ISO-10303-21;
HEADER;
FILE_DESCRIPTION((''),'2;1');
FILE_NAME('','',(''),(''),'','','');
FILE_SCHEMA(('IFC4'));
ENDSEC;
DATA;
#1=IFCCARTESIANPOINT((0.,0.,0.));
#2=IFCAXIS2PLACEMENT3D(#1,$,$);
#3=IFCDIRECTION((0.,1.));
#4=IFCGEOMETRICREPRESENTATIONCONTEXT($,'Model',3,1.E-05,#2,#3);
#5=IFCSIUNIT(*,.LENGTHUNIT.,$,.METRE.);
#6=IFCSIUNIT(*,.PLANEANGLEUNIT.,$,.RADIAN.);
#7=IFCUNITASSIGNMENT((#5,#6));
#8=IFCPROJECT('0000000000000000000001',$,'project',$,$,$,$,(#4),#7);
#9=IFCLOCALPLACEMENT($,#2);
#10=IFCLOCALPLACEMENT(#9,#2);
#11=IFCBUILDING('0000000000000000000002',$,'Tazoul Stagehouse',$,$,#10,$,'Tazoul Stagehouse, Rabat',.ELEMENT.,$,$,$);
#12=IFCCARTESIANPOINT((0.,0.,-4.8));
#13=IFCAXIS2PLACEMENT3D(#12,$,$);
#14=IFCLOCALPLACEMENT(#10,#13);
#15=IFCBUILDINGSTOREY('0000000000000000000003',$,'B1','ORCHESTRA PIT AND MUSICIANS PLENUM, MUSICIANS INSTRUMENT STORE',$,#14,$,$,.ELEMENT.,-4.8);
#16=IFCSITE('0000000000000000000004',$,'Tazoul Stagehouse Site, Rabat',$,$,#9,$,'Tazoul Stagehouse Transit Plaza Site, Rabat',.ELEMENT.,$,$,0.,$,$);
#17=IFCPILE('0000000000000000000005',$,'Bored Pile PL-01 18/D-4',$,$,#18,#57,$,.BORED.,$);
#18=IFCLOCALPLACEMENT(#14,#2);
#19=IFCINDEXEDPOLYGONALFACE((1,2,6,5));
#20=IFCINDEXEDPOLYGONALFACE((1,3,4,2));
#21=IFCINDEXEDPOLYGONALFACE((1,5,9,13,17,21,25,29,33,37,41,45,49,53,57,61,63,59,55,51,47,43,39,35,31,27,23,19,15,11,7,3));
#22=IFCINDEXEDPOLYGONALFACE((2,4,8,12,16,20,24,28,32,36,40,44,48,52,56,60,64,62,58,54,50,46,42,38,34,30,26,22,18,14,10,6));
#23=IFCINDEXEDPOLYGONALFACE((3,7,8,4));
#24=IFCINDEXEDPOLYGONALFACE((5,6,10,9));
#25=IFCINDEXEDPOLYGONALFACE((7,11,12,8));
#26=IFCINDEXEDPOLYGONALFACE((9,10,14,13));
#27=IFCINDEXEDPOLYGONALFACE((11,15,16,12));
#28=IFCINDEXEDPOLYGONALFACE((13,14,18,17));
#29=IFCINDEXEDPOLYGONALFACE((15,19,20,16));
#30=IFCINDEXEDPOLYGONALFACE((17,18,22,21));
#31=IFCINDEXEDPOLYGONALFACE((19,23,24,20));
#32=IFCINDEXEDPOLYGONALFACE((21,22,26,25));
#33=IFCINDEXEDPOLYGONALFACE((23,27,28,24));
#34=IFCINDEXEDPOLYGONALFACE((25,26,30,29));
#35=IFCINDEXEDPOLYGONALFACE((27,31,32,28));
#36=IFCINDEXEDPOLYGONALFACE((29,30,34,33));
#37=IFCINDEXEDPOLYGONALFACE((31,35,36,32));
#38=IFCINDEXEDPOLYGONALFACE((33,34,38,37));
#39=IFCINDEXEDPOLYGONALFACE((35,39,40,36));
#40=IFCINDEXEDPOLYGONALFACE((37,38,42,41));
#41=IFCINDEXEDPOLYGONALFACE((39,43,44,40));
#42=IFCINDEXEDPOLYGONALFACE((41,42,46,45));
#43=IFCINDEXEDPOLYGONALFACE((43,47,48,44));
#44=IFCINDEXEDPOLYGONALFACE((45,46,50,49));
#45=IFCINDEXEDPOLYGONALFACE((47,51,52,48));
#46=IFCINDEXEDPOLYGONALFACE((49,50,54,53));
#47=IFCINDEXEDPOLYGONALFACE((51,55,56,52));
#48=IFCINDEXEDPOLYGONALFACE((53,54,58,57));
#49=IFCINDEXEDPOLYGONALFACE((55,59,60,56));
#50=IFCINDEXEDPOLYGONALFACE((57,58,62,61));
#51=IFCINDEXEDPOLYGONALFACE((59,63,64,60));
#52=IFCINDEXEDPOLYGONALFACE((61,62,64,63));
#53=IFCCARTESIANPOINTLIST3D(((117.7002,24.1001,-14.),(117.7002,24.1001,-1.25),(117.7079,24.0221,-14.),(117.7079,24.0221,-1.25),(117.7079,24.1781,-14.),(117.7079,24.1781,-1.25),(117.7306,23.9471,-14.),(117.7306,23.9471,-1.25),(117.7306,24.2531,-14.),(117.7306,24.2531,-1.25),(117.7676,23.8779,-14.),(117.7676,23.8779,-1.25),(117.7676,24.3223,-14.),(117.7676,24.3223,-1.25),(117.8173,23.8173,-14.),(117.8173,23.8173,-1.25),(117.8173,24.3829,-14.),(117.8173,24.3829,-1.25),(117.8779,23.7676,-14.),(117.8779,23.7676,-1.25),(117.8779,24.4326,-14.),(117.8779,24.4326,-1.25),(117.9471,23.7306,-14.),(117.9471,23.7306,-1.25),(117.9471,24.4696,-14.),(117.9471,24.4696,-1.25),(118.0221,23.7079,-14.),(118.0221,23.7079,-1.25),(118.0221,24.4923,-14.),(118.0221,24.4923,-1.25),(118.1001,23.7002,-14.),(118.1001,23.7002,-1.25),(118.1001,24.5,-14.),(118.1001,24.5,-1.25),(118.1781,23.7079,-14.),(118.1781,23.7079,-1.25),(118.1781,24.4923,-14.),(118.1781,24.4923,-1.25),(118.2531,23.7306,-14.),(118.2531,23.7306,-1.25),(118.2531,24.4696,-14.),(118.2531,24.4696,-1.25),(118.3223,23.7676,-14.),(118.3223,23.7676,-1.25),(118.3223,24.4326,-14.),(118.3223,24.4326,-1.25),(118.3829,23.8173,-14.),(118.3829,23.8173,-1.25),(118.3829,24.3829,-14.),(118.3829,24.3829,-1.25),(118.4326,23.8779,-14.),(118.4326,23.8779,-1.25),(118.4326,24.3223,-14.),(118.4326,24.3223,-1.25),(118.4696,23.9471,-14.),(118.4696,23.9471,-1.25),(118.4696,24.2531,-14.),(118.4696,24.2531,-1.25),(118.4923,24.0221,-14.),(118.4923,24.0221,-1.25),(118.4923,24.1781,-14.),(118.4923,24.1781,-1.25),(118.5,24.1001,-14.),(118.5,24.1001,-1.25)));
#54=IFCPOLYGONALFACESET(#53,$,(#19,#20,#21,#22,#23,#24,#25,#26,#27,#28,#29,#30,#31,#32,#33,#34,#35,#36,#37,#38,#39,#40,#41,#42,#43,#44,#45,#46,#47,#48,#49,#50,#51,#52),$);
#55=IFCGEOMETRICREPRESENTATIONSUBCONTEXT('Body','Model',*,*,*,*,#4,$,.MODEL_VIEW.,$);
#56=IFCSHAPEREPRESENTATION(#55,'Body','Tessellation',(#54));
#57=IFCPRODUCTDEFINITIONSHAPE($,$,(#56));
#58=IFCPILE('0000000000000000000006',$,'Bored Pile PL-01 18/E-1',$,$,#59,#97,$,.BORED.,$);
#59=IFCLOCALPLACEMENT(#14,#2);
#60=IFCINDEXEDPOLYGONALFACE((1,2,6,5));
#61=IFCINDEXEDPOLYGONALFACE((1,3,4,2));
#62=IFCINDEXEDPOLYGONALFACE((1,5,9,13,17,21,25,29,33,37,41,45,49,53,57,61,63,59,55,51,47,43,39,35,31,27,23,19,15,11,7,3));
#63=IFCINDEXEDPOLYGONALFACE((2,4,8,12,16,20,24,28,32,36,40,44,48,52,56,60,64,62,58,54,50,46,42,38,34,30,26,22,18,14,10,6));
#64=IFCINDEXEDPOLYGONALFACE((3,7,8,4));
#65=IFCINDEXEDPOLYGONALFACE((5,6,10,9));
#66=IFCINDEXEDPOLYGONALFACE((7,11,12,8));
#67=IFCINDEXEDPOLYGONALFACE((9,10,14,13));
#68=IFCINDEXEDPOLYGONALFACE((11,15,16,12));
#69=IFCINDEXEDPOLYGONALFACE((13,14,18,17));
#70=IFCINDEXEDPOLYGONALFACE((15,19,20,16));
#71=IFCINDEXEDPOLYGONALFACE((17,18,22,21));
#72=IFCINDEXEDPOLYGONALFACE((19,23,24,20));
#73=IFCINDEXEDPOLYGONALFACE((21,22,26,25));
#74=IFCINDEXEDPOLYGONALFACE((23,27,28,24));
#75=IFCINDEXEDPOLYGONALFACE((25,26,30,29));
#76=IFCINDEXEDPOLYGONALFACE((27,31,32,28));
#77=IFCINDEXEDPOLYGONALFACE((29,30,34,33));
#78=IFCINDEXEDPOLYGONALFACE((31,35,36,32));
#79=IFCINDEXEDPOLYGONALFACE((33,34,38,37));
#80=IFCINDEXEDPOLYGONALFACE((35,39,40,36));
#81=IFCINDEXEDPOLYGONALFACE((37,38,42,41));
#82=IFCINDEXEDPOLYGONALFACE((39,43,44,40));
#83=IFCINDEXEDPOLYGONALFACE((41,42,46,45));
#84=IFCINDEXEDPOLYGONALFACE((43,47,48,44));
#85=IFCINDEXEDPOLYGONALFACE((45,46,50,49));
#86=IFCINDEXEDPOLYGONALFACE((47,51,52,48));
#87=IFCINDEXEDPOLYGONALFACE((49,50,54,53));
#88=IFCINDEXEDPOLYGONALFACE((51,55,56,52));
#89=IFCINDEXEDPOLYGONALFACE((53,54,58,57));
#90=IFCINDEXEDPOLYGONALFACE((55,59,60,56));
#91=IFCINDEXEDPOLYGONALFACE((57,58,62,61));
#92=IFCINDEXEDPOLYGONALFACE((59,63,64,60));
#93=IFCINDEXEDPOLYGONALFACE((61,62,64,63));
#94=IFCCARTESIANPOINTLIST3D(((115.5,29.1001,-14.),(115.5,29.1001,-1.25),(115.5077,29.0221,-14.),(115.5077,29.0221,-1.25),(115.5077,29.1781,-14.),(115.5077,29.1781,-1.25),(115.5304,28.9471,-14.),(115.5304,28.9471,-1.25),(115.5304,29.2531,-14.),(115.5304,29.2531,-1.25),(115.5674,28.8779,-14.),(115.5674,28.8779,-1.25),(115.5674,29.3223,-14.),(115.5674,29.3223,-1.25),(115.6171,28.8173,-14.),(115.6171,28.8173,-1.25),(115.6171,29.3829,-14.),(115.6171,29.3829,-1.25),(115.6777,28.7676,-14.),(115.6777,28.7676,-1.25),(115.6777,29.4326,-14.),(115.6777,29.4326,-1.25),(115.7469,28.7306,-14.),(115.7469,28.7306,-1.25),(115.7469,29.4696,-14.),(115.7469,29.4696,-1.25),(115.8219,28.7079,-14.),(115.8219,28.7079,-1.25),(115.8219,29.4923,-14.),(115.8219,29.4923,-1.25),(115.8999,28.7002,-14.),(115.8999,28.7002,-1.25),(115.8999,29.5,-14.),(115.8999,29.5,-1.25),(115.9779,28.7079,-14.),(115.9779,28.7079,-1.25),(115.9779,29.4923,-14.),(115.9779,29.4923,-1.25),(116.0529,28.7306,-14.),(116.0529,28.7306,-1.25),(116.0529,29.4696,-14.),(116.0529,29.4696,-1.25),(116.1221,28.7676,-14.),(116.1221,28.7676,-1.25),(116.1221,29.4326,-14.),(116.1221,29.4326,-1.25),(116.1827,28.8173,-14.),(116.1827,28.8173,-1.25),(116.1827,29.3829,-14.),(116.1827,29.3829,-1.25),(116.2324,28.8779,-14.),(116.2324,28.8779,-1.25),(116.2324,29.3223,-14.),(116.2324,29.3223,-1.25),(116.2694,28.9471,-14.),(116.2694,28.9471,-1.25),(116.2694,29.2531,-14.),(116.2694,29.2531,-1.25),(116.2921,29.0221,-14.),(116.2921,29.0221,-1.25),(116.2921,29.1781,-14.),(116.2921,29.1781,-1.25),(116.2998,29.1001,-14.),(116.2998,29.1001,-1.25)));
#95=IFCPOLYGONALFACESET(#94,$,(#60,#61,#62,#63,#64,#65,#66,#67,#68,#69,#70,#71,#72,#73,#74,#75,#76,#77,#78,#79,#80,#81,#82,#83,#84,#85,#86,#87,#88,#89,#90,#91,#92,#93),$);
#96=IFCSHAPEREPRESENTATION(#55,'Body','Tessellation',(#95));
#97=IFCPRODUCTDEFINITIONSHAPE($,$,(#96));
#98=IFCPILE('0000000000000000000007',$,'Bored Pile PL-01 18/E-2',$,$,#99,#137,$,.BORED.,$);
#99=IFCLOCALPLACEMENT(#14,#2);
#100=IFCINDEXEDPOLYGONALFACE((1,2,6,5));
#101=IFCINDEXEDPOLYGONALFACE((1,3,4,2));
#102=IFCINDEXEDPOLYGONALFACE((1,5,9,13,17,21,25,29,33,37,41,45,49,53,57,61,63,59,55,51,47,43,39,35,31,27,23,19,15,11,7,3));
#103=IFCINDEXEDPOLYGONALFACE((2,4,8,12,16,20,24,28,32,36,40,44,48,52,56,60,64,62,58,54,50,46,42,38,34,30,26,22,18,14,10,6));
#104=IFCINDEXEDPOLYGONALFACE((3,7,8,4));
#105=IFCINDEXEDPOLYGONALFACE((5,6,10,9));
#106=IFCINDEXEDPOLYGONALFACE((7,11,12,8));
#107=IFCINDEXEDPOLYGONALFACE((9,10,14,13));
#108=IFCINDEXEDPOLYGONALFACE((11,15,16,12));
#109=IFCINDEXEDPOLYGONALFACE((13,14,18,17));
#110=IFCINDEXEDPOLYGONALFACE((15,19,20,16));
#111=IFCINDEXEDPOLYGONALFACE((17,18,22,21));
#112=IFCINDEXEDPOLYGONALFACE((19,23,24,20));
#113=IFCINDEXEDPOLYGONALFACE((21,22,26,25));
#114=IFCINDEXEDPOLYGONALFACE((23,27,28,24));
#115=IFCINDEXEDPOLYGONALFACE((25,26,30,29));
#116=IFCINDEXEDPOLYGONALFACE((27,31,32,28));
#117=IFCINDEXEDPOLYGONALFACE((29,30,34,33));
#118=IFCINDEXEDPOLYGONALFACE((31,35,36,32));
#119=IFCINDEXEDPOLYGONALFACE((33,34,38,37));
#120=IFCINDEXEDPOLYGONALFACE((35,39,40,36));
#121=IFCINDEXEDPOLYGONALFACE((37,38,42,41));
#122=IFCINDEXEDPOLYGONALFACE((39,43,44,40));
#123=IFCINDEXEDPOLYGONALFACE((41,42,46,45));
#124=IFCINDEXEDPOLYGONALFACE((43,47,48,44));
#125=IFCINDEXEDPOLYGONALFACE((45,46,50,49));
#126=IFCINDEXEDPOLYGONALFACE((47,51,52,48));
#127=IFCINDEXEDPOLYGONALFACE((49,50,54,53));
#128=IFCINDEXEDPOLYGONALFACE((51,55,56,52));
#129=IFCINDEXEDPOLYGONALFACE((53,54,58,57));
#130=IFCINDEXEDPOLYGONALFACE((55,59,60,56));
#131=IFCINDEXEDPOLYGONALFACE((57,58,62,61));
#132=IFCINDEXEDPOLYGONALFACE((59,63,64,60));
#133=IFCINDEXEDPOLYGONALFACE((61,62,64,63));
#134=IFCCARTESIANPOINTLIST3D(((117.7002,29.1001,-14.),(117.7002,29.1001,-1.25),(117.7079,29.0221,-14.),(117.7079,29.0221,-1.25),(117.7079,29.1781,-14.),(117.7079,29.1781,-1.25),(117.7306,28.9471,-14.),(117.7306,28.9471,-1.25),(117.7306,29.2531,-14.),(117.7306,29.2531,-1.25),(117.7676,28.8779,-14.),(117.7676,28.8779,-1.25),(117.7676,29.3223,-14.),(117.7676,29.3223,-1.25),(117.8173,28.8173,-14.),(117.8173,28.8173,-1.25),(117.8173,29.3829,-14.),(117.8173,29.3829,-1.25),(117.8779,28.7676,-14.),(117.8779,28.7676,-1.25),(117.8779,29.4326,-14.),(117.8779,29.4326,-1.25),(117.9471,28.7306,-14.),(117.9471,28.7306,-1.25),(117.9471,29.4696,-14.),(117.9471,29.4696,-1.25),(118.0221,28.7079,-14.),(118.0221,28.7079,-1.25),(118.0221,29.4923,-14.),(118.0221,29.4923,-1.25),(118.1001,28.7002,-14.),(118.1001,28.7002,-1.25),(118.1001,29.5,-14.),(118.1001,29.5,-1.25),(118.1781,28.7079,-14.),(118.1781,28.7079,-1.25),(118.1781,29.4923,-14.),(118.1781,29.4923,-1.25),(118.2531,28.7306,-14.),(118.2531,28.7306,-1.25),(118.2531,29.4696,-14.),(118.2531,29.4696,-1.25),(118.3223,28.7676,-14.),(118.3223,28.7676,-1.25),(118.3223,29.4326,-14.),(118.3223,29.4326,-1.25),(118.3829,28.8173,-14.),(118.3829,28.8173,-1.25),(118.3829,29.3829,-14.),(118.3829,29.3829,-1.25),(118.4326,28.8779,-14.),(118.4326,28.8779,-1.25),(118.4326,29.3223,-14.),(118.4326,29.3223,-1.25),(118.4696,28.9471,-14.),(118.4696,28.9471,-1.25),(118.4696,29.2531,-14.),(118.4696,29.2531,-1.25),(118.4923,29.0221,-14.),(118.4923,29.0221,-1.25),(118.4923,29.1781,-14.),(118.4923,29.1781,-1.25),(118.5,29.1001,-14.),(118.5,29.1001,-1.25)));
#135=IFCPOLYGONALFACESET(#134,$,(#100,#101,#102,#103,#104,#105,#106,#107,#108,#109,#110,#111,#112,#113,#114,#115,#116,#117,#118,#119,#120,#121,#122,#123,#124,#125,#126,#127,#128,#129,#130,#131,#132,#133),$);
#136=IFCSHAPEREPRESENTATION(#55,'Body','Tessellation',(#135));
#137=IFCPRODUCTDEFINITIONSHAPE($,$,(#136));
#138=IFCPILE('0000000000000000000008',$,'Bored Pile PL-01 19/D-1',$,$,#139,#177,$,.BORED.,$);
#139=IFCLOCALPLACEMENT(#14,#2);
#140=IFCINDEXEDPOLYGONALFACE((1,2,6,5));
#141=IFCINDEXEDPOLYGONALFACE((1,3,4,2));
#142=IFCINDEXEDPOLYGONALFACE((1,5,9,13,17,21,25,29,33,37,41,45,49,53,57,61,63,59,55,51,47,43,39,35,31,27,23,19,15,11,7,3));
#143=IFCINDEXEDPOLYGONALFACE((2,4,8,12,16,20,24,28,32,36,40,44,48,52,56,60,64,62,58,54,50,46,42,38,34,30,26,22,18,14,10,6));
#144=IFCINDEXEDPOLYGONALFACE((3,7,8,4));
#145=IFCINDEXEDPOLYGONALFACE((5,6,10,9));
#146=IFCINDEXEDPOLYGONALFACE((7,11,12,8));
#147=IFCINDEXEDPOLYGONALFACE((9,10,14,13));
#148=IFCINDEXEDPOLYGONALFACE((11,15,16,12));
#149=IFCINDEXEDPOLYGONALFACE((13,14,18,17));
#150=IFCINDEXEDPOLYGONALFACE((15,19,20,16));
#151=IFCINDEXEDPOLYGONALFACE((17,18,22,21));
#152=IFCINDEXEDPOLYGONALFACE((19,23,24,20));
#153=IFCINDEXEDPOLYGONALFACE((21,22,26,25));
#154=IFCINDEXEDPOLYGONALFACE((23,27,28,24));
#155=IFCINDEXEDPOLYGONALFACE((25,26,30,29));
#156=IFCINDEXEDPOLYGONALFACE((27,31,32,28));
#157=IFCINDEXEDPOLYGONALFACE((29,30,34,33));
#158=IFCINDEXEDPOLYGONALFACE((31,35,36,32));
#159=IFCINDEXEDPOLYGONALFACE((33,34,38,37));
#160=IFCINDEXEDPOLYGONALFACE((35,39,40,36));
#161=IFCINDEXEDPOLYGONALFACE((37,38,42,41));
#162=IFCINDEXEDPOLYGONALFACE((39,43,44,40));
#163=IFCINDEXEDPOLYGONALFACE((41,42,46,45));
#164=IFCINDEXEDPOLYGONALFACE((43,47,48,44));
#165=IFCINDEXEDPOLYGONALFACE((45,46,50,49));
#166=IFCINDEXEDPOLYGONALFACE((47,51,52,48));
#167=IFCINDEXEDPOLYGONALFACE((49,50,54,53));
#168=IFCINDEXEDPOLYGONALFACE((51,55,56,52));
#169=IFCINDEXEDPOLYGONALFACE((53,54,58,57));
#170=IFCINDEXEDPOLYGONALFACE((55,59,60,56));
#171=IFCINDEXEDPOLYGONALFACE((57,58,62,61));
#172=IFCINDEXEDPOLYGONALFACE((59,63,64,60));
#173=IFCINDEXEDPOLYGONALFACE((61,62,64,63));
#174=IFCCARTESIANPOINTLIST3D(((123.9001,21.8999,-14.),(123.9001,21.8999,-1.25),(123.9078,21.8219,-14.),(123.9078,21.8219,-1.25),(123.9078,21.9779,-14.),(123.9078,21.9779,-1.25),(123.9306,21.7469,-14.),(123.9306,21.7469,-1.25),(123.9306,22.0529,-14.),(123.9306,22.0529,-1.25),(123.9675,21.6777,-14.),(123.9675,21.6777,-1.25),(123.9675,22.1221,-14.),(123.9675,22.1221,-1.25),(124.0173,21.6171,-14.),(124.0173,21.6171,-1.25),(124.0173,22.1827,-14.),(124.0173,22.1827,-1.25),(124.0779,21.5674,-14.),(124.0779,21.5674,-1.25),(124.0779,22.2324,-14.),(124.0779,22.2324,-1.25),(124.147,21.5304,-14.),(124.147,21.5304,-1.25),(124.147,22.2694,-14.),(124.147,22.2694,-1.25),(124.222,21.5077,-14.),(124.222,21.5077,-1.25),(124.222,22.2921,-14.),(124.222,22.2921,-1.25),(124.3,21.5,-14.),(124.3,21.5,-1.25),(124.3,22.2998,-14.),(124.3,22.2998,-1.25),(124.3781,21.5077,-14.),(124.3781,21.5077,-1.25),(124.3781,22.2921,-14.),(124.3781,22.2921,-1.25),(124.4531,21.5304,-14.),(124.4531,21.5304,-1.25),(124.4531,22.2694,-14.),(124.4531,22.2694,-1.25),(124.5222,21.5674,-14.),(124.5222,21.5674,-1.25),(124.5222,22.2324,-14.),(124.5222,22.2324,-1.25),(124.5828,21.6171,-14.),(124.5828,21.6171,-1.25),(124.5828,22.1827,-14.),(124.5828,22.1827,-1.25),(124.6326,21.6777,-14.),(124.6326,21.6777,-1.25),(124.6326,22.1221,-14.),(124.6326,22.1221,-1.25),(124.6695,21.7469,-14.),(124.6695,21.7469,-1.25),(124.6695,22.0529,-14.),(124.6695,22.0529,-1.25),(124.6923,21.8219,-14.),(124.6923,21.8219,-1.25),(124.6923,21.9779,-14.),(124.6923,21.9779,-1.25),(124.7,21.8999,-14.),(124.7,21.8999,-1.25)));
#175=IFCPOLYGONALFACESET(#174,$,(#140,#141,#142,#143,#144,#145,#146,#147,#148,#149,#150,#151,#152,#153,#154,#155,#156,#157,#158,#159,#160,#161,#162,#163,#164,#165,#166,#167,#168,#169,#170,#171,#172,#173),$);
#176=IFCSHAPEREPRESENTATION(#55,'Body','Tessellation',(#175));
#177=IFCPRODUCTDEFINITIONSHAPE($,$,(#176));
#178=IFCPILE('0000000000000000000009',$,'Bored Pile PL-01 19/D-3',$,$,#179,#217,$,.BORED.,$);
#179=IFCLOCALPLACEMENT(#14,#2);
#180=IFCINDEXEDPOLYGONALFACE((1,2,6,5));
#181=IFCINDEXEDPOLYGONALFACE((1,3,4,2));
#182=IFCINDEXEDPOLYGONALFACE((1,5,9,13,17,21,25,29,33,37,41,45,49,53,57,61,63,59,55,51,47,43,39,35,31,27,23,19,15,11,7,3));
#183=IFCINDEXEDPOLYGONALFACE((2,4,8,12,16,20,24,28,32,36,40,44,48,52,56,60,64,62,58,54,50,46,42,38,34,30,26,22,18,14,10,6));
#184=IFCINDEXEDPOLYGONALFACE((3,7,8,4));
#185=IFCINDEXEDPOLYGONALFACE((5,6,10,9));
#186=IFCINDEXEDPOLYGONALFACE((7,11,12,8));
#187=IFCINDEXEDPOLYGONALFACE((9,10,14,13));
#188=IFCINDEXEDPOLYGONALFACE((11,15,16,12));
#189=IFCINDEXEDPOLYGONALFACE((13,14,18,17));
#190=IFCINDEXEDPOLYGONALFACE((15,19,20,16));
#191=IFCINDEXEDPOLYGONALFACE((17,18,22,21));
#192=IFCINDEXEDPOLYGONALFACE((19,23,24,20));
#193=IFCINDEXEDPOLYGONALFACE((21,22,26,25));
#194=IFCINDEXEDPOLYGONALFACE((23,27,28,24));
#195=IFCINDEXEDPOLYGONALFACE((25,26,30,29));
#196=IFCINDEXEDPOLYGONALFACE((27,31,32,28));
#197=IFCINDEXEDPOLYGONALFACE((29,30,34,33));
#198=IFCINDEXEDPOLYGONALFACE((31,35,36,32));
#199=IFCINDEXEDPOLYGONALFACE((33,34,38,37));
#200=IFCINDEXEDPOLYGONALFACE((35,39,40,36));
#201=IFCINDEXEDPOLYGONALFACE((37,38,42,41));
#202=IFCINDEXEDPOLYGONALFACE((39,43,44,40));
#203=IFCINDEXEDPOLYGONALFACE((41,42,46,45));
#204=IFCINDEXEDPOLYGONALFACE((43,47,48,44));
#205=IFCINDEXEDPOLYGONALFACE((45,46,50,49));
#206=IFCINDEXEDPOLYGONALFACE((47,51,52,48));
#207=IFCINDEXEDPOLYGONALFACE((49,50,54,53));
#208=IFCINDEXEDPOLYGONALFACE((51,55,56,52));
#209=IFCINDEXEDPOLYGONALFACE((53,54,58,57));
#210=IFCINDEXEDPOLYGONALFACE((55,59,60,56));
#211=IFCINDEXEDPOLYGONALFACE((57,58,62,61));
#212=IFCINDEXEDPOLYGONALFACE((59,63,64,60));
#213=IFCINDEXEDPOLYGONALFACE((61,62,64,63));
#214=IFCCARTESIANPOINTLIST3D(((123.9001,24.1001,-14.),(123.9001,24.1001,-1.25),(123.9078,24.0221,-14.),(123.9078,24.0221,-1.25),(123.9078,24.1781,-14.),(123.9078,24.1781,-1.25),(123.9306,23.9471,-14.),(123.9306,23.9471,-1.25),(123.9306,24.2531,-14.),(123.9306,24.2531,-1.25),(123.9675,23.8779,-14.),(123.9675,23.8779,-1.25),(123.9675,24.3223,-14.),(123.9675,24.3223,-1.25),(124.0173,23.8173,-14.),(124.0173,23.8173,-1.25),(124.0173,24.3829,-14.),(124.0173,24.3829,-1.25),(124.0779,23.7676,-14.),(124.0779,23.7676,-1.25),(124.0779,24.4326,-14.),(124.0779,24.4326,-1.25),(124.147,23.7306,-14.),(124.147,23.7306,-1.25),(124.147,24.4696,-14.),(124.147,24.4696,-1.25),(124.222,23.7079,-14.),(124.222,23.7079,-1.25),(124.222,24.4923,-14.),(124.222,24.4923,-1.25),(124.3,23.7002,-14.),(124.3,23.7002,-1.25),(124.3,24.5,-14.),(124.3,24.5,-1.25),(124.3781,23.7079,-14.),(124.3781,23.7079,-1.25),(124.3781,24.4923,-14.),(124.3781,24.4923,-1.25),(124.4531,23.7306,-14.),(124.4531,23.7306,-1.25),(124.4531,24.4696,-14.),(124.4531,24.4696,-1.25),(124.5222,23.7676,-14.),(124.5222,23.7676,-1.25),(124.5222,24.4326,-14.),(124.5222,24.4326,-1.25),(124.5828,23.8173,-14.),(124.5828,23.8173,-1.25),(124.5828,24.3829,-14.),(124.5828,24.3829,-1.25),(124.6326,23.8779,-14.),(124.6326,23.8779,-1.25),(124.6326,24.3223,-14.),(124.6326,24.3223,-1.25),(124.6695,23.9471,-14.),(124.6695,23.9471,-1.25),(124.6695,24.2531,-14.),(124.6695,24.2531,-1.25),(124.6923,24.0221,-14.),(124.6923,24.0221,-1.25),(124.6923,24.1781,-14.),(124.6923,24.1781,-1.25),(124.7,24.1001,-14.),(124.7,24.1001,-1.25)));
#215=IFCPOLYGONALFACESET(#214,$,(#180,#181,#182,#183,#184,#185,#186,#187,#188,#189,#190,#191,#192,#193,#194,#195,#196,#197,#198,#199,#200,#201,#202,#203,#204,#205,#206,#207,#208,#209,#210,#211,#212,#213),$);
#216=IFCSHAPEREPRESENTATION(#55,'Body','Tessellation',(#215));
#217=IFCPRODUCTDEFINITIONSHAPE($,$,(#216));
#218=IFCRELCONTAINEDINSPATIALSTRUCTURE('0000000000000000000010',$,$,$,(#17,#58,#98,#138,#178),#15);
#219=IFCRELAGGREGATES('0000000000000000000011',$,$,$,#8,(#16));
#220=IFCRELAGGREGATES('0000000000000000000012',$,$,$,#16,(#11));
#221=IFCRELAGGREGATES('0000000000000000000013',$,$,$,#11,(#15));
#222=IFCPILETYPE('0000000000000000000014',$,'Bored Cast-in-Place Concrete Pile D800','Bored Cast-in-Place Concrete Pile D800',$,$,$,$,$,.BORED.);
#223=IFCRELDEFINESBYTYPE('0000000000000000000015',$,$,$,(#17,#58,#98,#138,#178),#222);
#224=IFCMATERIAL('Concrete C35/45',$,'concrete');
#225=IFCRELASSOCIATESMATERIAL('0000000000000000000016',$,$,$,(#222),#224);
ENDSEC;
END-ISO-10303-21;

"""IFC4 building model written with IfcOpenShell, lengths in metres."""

from ifc_helpers import new_model, si_unit, direction, frame, origin, origin_2d, place, context, subcontext, project, spatial, circle, extrude, material, material_profile, profile_set, type_object, element, save


model = new_model("IFC4")

# Units and contexts
model_context = context("Model", 3, precision=1e-05, world=origin(), true_north=direction((0.0, 1.0)))
body_context = subcontext(model_context, "Body", "Model", "MODEL_VIEW")
ifc_project = project(units=[si_unit("LENGTHUNIT", "METRE"), si_unit("PLANEANGLEUNIT", "RADIAN")], contexts=[model_context])

# Site, building, storey
site_placement = place(None, origin())
site = spatial("IfcSite", under=ifc_project, at=site_placement, Name="Tazoul Stagehouse Site, Rabat", LongName="Tazoul Stagehouse Transit Plaza Site, Rabat", CompositionType="ELEMENT", RefElevation=0.0)
building_placement = place(site_placement, origin())
building = spatial("IfcBuilding", under=site, at=building_placement, Name="Tazoul Stagehouse", LongName="Tazoul Stagehouse, Rabat", CompositionType="ELEMENT")
storey_placement = place(building_placement, frame((0.0, 0.0, -4.8)))
storey = spatial("IfcBuildingStorey", under=building, at=storey_placement, Name="B1", Description="ORCHESTRA PIT AND MUSICIANS PLENUM, MUSICIANS INSTRUMENT STORE", CompositionType="ELEMENT", Elevation=-4.8)

# Piles
ifc_material_1 = material(Name="Concrete C35/45", Category="concrete")
ifc_material_profile_1 = material_profile(ifc_material_1, circle(Radius=0.3999, at=origin_2d()), Name="BORED PILE 800")
ifc_profile_set_1 = profile_set([ifc_material_profile_1], Name="Concrete C35/45")
pile_type = type_object("IfcPileType", Name="Bored Cast-in-Place Concrete Pile D800", Description="Bored Cast-in-Place Concrete Pile D800", PredefinedType="BORED", material=ifc_profile_set_1)
for number, where, z_axis, x_axis, name in (
    (1, (118.1001, 24.1001, -1.25), (0.0, 0.0, -1.0), (1.0, 0.0, 0.0), "Bored Pile PL-01 18/D-4"),
    (2, (115.8999, 29.1001, -1.25), (0.0, 0.0, -1.0), (1.0, 0.0, 0.0), "Bored Pile PL-01 18/E-1"),
    (3, (118.1001, 29.1001, -1.25), (0.0, 0.0, -1.0), (1.0, 0.0, 0.0), "Bored Pile PL-01 18/E-2"),
    (4, (124.3, 21.8999, -1.25), (0.0, 0.0, -1.0), (1.0, 0.0, 0.0), "Bored Pile PL-01 19/D-1"),
    (5, (124.3, 24.1001, -1.25), (0.0, 0.0, -1.0), (1.0, 0.0, 0.0), "Bored Pile PL-01 19/D-3"),
):
    element("IfcPile", number, at=place(storey_placement, frame(where, z_axis=z_axis, x_axis=x_axis)), inside=storey, type_object=pile_type, Name=name, PredefinedType="BORED", context=body_context, shape_type="SweptSolid", body=[
        extrude(circle(Radius=0.3999, at=origin_2d()), origin(), (0.0, 0.0, 1.0), 12.75),
    ])

save(model, "model.ifc")
